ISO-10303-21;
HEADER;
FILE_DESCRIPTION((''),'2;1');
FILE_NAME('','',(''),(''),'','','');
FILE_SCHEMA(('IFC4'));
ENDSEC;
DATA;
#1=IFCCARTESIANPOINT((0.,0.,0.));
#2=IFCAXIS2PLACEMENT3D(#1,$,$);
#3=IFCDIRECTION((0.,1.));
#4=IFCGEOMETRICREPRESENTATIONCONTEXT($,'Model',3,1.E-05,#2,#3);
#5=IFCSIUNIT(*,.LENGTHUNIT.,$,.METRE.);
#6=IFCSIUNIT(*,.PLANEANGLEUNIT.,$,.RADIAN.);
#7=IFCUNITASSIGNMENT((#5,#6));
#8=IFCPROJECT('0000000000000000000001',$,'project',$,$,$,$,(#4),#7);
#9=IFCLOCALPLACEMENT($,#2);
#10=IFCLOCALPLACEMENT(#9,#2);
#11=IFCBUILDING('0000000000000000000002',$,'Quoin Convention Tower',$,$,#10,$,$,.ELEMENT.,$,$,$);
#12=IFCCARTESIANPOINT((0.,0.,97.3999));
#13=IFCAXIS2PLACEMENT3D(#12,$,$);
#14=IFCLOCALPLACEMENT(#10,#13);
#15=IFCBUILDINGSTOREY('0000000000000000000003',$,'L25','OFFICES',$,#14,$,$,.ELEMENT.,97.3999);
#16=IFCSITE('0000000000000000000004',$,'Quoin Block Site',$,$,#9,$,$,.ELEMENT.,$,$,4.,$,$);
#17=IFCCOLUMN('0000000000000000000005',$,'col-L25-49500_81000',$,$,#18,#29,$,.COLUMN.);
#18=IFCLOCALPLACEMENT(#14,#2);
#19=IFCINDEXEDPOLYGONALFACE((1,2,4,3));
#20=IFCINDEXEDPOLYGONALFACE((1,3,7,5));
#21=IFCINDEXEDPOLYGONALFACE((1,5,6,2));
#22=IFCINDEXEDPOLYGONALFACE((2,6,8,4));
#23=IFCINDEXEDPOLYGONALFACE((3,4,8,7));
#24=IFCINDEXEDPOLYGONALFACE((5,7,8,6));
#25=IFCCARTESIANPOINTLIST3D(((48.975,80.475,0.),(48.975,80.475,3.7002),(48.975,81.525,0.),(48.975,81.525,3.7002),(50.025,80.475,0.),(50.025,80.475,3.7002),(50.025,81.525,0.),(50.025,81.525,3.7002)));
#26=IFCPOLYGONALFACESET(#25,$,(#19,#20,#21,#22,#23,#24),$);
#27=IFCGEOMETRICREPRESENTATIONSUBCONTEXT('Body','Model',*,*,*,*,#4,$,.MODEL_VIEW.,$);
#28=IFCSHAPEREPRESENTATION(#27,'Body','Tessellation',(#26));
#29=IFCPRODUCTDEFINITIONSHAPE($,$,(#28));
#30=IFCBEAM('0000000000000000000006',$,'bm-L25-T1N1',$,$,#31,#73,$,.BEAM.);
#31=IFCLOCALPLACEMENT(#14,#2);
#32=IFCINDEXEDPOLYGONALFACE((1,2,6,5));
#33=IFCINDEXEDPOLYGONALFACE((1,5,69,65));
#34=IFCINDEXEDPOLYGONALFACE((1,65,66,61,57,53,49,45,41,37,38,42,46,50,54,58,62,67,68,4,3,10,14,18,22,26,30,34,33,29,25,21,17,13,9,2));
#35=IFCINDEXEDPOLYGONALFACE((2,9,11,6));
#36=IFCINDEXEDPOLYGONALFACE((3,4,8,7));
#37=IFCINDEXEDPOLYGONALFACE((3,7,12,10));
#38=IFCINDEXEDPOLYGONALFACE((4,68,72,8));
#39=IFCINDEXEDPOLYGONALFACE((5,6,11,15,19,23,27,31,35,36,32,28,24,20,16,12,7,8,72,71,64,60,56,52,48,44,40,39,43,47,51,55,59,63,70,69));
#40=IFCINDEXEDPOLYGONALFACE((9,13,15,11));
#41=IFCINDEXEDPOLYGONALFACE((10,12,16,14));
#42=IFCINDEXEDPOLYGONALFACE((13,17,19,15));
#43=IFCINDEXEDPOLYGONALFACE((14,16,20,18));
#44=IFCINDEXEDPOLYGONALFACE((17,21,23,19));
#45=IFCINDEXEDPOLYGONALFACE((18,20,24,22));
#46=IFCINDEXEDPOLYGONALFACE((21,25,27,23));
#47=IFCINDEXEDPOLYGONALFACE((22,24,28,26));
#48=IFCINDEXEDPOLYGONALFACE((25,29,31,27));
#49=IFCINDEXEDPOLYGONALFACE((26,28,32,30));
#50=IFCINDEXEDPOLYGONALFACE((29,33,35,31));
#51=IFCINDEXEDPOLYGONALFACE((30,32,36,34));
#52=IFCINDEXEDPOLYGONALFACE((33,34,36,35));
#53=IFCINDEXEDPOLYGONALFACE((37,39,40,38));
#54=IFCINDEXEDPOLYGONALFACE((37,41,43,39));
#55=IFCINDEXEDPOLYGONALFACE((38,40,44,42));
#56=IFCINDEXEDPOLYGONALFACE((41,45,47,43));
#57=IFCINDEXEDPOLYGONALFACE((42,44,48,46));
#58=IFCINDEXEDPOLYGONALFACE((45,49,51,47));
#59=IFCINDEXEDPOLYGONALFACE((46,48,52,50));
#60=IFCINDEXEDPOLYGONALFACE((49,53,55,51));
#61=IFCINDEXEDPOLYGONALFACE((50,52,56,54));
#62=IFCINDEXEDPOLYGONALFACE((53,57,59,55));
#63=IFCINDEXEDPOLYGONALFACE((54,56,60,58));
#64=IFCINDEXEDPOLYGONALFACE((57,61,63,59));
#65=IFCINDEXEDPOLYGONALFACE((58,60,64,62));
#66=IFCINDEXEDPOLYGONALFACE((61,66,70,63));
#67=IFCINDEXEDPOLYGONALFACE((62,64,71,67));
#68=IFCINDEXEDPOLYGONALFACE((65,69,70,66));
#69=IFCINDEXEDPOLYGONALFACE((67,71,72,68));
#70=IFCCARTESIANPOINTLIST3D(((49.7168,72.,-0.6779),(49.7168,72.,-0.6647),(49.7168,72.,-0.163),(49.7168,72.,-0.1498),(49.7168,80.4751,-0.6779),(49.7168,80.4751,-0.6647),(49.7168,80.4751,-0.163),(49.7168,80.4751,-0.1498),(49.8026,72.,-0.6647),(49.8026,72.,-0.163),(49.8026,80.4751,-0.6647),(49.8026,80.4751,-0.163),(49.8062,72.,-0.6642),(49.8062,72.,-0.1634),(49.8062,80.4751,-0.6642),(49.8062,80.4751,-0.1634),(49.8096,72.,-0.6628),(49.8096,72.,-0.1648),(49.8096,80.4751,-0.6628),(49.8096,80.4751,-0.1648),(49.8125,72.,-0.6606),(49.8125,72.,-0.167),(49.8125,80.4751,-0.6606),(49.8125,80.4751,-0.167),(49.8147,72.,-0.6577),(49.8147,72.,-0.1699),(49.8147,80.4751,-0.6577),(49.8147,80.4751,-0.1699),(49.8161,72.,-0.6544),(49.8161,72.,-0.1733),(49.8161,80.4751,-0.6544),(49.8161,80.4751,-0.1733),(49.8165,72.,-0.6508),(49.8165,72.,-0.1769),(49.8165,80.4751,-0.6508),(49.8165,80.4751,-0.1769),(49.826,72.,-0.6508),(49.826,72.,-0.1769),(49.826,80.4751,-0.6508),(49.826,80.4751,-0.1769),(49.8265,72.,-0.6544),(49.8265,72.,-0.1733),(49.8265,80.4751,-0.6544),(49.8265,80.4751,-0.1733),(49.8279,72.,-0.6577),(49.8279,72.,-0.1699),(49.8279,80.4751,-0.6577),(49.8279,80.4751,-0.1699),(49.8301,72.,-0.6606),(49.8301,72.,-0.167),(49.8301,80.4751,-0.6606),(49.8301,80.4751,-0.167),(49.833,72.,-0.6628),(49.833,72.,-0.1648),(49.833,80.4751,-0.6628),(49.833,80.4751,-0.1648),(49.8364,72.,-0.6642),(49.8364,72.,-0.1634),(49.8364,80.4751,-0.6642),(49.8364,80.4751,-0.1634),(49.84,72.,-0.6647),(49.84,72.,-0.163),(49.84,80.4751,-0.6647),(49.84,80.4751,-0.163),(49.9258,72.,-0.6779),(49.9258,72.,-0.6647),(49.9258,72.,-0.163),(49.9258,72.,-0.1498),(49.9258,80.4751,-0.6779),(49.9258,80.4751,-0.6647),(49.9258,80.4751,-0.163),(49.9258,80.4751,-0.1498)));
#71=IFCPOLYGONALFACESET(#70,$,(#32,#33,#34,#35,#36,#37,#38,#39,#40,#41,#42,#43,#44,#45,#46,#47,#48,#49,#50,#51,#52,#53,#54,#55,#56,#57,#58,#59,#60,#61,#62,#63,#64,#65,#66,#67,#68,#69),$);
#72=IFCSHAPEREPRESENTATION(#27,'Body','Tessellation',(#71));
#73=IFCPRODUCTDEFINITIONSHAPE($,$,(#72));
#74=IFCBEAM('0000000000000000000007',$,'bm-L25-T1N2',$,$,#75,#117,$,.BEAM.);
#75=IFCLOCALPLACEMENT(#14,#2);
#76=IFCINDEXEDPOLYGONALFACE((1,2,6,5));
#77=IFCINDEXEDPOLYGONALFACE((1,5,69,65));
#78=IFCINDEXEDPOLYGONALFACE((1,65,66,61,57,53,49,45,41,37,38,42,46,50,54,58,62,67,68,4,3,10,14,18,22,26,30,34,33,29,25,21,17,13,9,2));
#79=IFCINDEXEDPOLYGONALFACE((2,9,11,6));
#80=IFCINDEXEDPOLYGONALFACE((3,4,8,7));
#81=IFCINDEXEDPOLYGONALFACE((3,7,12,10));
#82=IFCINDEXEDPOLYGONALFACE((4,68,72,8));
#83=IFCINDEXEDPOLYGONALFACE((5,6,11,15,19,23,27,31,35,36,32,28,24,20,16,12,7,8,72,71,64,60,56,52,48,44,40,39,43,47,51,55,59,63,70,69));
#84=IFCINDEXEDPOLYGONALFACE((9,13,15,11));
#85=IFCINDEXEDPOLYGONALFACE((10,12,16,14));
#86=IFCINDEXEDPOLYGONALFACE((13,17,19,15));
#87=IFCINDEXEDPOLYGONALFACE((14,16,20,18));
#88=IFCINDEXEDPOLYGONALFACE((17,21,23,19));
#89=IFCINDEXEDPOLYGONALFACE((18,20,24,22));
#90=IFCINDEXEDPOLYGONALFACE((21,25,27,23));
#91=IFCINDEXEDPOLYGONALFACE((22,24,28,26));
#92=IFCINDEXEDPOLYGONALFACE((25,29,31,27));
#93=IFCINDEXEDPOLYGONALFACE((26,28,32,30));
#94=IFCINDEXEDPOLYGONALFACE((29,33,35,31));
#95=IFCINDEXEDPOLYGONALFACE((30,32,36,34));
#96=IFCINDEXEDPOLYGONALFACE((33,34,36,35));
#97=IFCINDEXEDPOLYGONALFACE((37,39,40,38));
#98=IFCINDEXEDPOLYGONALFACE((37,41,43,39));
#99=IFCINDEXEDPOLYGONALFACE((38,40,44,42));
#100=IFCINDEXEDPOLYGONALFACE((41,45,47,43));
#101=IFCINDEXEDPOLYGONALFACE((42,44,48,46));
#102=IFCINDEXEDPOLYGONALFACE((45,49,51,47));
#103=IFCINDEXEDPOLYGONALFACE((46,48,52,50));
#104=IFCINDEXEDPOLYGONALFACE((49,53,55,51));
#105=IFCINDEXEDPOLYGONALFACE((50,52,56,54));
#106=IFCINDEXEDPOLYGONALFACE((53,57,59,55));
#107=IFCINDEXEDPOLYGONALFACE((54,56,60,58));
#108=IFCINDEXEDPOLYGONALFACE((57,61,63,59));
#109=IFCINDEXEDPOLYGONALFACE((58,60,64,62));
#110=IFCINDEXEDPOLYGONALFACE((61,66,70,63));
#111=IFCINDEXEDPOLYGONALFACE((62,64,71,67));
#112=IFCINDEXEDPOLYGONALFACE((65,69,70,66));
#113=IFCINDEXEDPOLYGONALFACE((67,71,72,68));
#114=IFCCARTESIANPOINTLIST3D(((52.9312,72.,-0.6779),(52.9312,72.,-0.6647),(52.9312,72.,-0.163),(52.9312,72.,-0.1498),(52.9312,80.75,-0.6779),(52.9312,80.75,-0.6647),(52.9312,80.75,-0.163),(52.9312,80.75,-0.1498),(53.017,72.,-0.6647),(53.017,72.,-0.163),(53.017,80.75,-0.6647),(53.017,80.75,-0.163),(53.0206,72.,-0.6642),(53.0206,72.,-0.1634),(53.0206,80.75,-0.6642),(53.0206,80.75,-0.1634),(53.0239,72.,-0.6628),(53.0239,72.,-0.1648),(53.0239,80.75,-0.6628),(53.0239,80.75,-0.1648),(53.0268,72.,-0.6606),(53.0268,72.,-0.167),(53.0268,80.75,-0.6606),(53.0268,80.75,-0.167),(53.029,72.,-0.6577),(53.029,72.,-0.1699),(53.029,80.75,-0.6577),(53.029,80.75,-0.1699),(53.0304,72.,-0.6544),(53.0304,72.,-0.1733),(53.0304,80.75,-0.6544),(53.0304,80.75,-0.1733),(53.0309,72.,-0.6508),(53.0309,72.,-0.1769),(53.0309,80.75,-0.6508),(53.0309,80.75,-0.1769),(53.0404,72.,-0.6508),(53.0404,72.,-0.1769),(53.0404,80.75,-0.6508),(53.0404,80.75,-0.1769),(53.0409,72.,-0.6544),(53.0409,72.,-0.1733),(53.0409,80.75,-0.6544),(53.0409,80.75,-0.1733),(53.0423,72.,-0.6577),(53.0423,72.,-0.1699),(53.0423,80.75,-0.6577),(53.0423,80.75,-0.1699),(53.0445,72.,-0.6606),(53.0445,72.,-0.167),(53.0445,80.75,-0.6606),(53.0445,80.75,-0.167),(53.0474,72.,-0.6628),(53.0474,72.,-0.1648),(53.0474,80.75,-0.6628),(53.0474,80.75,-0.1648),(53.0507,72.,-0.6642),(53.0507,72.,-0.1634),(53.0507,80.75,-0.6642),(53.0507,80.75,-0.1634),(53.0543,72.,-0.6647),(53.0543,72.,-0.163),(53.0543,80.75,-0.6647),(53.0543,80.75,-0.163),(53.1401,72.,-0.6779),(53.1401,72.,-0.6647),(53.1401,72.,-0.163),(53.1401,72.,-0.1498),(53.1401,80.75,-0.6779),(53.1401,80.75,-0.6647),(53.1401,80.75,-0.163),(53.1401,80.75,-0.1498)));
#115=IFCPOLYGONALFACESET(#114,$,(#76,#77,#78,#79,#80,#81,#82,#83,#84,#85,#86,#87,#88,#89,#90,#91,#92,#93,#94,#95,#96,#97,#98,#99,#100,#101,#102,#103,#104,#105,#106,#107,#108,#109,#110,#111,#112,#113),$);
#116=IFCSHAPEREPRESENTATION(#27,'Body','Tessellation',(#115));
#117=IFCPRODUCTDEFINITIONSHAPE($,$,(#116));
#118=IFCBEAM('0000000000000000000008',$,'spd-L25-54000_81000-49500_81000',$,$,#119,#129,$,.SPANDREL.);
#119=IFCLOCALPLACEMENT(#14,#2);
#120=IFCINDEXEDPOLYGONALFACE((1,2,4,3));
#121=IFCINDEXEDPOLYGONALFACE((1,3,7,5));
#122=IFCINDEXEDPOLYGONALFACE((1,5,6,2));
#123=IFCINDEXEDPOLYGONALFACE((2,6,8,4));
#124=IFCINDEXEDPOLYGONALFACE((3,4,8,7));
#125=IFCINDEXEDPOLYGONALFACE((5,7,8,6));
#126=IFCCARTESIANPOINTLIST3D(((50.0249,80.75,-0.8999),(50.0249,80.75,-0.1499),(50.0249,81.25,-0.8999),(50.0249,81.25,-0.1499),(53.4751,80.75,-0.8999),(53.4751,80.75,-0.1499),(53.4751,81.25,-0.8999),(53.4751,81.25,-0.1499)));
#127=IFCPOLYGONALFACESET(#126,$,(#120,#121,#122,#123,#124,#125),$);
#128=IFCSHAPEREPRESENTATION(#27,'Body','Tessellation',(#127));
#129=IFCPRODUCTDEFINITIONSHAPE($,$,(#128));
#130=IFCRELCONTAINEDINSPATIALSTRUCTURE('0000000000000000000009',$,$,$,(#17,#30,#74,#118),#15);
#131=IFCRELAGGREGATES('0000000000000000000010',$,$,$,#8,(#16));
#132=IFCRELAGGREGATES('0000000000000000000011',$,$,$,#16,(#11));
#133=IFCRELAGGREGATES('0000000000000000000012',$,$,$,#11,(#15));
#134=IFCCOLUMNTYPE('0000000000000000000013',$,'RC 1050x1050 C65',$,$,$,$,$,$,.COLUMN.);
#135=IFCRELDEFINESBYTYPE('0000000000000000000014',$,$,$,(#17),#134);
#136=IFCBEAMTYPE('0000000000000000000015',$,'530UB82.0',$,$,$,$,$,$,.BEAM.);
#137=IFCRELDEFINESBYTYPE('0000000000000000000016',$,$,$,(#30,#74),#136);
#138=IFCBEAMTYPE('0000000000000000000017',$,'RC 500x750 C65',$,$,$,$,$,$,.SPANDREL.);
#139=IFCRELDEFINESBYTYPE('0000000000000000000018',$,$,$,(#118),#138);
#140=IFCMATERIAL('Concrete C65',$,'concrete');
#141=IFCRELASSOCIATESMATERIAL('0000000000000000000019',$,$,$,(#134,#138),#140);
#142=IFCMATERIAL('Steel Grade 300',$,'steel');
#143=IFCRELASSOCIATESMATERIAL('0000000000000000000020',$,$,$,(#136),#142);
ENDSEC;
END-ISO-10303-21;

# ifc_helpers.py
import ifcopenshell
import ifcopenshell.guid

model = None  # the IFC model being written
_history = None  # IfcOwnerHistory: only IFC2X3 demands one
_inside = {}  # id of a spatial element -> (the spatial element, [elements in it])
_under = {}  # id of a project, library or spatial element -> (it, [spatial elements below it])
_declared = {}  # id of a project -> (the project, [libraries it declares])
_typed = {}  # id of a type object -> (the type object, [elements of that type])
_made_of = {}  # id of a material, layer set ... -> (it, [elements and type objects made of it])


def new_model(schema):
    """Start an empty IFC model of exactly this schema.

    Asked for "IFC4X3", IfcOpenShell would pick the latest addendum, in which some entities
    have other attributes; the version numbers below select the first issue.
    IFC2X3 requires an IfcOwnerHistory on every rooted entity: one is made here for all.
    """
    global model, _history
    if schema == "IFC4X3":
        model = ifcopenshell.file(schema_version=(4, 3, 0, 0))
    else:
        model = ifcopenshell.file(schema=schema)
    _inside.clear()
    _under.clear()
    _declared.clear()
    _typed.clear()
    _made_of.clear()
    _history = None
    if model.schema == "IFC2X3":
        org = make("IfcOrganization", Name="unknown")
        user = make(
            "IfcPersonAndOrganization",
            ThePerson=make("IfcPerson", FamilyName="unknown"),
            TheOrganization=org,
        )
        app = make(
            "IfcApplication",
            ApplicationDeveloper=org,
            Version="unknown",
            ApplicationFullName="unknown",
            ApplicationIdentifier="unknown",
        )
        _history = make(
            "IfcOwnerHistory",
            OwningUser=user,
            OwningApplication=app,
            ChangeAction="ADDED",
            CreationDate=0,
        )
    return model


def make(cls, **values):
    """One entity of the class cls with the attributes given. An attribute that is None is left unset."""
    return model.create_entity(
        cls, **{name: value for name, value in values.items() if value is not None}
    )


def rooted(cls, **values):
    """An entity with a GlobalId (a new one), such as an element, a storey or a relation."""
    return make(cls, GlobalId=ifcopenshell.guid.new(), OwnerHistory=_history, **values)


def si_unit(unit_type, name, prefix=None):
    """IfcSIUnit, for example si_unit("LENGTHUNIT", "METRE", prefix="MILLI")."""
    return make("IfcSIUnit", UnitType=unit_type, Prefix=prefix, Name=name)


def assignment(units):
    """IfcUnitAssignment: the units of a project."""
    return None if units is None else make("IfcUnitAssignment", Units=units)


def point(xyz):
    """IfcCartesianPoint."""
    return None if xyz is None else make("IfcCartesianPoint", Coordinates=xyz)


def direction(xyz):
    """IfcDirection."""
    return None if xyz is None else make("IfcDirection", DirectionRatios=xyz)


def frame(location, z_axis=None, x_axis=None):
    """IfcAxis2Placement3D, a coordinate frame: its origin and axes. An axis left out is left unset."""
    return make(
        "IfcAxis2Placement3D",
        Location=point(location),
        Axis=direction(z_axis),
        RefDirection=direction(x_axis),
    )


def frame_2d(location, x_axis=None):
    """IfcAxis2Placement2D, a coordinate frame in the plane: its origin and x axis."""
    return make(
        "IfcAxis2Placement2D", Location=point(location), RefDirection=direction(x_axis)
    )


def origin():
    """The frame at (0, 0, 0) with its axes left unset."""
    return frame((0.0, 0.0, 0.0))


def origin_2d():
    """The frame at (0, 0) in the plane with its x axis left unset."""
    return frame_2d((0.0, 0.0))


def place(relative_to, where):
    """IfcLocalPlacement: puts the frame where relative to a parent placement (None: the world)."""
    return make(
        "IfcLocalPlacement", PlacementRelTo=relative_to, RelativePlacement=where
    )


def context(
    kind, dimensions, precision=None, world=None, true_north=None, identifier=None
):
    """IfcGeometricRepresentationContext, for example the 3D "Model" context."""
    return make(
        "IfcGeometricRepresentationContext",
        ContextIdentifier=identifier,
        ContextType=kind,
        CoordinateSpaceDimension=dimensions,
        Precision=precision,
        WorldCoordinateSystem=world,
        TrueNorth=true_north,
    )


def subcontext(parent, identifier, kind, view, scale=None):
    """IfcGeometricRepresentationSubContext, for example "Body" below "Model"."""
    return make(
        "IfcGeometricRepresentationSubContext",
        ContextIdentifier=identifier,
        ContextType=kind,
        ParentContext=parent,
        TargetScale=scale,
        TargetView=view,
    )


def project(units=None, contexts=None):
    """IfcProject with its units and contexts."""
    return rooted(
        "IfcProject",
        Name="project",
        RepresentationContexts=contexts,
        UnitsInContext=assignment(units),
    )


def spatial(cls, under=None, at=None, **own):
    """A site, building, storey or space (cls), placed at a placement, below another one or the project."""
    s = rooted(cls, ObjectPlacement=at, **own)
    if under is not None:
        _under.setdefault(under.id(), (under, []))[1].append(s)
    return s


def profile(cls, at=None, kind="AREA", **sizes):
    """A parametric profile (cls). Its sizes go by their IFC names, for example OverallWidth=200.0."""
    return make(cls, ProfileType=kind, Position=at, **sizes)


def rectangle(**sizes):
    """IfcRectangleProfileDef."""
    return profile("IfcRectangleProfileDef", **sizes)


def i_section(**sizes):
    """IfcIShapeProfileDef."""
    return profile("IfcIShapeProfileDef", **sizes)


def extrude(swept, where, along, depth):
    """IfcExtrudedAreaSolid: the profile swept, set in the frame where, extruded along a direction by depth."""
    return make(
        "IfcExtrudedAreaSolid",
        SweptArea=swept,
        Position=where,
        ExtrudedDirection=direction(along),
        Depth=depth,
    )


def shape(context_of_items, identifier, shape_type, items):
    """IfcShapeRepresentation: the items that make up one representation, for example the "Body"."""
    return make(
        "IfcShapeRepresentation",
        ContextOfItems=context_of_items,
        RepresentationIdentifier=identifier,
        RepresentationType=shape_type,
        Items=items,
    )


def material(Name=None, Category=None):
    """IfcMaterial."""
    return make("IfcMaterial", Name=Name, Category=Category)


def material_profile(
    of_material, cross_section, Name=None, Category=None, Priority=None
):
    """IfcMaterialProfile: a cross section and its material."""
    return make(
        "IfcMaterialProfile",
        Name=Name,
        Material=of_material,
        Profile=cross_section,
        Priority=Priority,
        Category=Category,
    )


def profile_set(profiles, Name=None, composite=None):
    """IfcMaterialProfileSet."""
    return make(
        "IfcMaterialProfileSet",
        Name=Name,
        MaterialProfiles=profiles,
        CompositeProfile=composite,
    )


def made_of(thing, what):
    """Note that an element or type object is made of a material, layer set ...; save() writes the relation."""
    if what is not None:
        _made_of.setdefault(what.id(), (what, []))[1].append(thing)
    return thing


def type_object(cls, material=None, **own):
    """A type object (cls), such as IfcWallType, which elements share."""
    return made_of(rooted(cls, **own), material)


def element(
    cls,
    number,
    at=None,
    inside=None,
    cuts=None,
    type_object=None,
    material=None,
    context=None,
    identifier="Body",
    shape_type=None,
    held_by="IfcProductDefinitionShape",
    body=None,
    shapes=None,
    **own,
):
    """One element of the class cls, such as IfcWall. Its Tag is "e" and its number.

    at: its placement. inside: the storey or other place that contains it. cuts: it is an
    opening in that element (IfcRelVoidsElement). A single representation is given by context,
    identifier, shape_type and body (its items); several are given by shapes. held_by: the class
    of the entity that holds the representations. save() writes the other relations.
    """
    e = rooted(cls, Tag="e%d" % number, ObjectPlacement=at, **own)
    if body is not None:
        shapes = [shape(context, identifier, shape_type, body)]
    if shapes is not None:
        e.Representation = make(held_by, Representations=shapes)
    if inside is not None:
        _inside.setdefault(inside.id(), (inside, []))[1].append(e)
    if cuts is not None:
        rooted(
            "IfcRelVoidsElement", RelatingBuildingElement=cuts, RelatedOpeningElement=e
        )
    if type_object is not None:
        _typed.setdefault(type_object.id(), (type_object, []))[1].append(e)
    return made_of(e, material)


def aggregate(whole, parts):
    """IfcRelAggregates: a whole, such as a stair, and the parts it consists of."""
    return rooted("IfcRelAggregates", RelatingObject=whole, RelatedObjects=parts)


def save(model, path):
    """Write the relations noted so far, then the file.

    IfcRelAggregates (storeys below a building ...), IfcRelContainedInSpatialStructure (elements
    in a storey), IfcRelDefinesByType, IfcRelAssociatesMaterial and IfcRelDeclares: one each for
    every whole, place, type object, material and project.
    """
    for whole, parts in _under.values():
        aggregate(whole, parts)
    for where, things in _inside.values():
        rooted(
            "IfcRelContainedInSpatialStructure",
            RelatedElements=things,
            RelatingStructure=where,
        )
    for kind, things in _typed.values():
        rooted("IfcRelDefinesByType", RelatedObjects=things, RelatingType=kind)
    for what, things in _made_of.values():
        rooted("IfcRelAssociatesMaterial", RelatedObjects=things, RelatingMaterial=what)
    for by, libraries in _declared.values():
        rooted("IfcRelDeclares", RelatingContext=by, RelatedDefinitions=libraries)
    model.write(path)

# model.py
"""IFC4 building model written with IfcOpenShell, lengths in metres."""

from ifc_helpers import new_model, si_unit, direction, frame, origin, origin_2d, place, context, subcontext, project, spatial, rectangle, i_section, extrude, material, material_profile, profile_set, type_object, element, save


model = new_model("IFC4")

# Units and contexts
model_context = context("Model", 3, precision=1e-05, world=origin(), true_north=direction((0.0, 1.0)))
body_context = subcontext(model_context, "Body", "Model", "MODEL_VIEW")
ifc_project = project(units=[si_unit("LENGTHUNIT", "METRE"), si_unit("PLANEANGLEUNIT", "RADIAN")], contexts=[model_context])

# Site, building, storey
site_placement = place(None, origin())
site = spatial("IfcSite", under=ifc_project, at=site_placement, Name="Quoin Block Site", CompositionType="ELEMENT", RefElevation=4.0)
building_placement = place(site_placement, origin())
building = spatial("IfcBuilding", under=site, at=building_placement, Name="Quoin Convention Tower", CompositionType="ELEMENT")
storey_placement = place(building_placement, frame((0.0, 0.0, 97.3999)))
storey = spatial("IfcBuildingStorey", under=building, at=storey_placement, Name="L25", Description="OFFICES", CompositionType="ELEMENT", Elevation=97.3999)

# Column
ifc_material_1 = material(Name="Concrete C65", Category="concrete")
ifc_material_profile_1 = material_profile(ifc_material_1, rectangle(XDim=1.05, YDim=1.05, at=origin_2d()), Name="RC 1050x1050")
ifc_profile_set_1 = profile_set([ifc_material_profile_1], Name="Concrete C65")
column_type = type_object("IfcColumnType", Name="RC 1050x1050 C65", PredefinedType="COLUMN", material=ifc_profile_set_1)
column_placement = place(storey_placement, frame((49.5, 81.0, 0.0), z_axis=(0.0, 0.0, 1.0), x_axis=(1.0, 0.0, 0.0)))
element("IfcColumn", 1, at=column_placement, inside=storey, type_object=column_type, Name="col-L25-49500_81000", PredefinedType="COLUMN", context=body_context, shape_type="SweptSolid", body=[
    extrude(rectangle(XDim=1.05, YDim=1.05, at=origin_2d()), origin(), (0.0, 0.0, 1.0), 3.7002),
])

# Beams
ifc_material_2 = material(Name="Steel Grade 300", Category="steel")
ifc_material_profile_2 = material_profile(ifc_material_2, i_section(OverallWidth=0.209, OverallDepth=0.5281, WebThickness=0.0095, FlangeThickness=0.0132, FilletRadius=0.0139, at=origin_2d()), Name="530UB82.0")
ifc_profile_set_2 = profile_set([ifc_material_profile_2], Name="Steel Grade 300")
beam_type_1 = type_object("IfcBeamType", Name="530UB82.0", PredefinedType="BEAM", material=ifc_profile_set_2)
beam_1_placement = place(storey_placement, frame((49.8213, 72.0, -0.4138), z_axis=(0.0, 1.0, 0.0), x_axis=(-1.0, 0.0, 0.0)))
element("IfcBeam", 2, at=beam_1_placement, inside=storey, type_object=beam_type_1, Name="bm-L25-T1N1", PredefinedType="BEAM", context=body_context, shape_type="SweptSolid", body=[
    extrude(i_section(OverallWidth=0.209, OverallDepth=0.5281, WebThickness=0.0095, FlangeThickness=0.0132, FilletRadius=0.0139, at=origin_2d()), origin(), (0.0, 0.0, 1.0), 8.4751),
])
beam_2_placement = place(storey_placement, frame((53.0356, 72.0, -0.4138), z_axis=(0.0, 1.0, 0.0), x_axis=(-1.0, 0.0, 0.0)))
element("IfcBeam", 3, at=beam_2_placement, inside=storey, type_object=beam_type_1, Name="bm-L25-T1N2", PredefinedType="BEAM", context=body_context, shape_type="SweptSolid", body=[
    extrude(i_section(OverallWidth=0.209, OverallDepth=0.5281, WebThickness=0.0095, FlangeThickness=0.0132, FilletRadius=0.0139, at=origin_2d()), origin(), (0.0, 0.0, 1.0), 8.75),
])
ifc_material_profile_3 = material_profile(ifc_material_1, rectangle(XDim=0.5, YDim=0.75, at=origin_2d()), Name="RC 500x750")
ifc_profile_set_3 = profile_set([ifc_material_profile_3], Name="Concrete C65")
beam_type_2 = type_object("IfcBeamType", Name="RC 500x750 C65", PredefinedType="SPANDREL", material=ifc_profile_set_3)
beam_3_placement = place(storey_placement, frame((53.4751, 81.0, -0.5249), z_axis=(-1.0, 0.0, 0.0), x_axis=(0.0, -1.0, 0.0)))
element("IfcBeam", 4, at=beam_3_placement, inside=storey, type_object=beam_type_2, Name="spd-L25-54000_81000-49500_81000", PredefinedType="SPANDREL", context=body_context, shape_type="SweptSolid", body=[
    extrude(rectangle(XDim=0.5, YDim=0.75, at=origin_2d()), origin(), (0.0, 0.0, 1.0), 3.4502),
])

save(model, "model.ifc")
